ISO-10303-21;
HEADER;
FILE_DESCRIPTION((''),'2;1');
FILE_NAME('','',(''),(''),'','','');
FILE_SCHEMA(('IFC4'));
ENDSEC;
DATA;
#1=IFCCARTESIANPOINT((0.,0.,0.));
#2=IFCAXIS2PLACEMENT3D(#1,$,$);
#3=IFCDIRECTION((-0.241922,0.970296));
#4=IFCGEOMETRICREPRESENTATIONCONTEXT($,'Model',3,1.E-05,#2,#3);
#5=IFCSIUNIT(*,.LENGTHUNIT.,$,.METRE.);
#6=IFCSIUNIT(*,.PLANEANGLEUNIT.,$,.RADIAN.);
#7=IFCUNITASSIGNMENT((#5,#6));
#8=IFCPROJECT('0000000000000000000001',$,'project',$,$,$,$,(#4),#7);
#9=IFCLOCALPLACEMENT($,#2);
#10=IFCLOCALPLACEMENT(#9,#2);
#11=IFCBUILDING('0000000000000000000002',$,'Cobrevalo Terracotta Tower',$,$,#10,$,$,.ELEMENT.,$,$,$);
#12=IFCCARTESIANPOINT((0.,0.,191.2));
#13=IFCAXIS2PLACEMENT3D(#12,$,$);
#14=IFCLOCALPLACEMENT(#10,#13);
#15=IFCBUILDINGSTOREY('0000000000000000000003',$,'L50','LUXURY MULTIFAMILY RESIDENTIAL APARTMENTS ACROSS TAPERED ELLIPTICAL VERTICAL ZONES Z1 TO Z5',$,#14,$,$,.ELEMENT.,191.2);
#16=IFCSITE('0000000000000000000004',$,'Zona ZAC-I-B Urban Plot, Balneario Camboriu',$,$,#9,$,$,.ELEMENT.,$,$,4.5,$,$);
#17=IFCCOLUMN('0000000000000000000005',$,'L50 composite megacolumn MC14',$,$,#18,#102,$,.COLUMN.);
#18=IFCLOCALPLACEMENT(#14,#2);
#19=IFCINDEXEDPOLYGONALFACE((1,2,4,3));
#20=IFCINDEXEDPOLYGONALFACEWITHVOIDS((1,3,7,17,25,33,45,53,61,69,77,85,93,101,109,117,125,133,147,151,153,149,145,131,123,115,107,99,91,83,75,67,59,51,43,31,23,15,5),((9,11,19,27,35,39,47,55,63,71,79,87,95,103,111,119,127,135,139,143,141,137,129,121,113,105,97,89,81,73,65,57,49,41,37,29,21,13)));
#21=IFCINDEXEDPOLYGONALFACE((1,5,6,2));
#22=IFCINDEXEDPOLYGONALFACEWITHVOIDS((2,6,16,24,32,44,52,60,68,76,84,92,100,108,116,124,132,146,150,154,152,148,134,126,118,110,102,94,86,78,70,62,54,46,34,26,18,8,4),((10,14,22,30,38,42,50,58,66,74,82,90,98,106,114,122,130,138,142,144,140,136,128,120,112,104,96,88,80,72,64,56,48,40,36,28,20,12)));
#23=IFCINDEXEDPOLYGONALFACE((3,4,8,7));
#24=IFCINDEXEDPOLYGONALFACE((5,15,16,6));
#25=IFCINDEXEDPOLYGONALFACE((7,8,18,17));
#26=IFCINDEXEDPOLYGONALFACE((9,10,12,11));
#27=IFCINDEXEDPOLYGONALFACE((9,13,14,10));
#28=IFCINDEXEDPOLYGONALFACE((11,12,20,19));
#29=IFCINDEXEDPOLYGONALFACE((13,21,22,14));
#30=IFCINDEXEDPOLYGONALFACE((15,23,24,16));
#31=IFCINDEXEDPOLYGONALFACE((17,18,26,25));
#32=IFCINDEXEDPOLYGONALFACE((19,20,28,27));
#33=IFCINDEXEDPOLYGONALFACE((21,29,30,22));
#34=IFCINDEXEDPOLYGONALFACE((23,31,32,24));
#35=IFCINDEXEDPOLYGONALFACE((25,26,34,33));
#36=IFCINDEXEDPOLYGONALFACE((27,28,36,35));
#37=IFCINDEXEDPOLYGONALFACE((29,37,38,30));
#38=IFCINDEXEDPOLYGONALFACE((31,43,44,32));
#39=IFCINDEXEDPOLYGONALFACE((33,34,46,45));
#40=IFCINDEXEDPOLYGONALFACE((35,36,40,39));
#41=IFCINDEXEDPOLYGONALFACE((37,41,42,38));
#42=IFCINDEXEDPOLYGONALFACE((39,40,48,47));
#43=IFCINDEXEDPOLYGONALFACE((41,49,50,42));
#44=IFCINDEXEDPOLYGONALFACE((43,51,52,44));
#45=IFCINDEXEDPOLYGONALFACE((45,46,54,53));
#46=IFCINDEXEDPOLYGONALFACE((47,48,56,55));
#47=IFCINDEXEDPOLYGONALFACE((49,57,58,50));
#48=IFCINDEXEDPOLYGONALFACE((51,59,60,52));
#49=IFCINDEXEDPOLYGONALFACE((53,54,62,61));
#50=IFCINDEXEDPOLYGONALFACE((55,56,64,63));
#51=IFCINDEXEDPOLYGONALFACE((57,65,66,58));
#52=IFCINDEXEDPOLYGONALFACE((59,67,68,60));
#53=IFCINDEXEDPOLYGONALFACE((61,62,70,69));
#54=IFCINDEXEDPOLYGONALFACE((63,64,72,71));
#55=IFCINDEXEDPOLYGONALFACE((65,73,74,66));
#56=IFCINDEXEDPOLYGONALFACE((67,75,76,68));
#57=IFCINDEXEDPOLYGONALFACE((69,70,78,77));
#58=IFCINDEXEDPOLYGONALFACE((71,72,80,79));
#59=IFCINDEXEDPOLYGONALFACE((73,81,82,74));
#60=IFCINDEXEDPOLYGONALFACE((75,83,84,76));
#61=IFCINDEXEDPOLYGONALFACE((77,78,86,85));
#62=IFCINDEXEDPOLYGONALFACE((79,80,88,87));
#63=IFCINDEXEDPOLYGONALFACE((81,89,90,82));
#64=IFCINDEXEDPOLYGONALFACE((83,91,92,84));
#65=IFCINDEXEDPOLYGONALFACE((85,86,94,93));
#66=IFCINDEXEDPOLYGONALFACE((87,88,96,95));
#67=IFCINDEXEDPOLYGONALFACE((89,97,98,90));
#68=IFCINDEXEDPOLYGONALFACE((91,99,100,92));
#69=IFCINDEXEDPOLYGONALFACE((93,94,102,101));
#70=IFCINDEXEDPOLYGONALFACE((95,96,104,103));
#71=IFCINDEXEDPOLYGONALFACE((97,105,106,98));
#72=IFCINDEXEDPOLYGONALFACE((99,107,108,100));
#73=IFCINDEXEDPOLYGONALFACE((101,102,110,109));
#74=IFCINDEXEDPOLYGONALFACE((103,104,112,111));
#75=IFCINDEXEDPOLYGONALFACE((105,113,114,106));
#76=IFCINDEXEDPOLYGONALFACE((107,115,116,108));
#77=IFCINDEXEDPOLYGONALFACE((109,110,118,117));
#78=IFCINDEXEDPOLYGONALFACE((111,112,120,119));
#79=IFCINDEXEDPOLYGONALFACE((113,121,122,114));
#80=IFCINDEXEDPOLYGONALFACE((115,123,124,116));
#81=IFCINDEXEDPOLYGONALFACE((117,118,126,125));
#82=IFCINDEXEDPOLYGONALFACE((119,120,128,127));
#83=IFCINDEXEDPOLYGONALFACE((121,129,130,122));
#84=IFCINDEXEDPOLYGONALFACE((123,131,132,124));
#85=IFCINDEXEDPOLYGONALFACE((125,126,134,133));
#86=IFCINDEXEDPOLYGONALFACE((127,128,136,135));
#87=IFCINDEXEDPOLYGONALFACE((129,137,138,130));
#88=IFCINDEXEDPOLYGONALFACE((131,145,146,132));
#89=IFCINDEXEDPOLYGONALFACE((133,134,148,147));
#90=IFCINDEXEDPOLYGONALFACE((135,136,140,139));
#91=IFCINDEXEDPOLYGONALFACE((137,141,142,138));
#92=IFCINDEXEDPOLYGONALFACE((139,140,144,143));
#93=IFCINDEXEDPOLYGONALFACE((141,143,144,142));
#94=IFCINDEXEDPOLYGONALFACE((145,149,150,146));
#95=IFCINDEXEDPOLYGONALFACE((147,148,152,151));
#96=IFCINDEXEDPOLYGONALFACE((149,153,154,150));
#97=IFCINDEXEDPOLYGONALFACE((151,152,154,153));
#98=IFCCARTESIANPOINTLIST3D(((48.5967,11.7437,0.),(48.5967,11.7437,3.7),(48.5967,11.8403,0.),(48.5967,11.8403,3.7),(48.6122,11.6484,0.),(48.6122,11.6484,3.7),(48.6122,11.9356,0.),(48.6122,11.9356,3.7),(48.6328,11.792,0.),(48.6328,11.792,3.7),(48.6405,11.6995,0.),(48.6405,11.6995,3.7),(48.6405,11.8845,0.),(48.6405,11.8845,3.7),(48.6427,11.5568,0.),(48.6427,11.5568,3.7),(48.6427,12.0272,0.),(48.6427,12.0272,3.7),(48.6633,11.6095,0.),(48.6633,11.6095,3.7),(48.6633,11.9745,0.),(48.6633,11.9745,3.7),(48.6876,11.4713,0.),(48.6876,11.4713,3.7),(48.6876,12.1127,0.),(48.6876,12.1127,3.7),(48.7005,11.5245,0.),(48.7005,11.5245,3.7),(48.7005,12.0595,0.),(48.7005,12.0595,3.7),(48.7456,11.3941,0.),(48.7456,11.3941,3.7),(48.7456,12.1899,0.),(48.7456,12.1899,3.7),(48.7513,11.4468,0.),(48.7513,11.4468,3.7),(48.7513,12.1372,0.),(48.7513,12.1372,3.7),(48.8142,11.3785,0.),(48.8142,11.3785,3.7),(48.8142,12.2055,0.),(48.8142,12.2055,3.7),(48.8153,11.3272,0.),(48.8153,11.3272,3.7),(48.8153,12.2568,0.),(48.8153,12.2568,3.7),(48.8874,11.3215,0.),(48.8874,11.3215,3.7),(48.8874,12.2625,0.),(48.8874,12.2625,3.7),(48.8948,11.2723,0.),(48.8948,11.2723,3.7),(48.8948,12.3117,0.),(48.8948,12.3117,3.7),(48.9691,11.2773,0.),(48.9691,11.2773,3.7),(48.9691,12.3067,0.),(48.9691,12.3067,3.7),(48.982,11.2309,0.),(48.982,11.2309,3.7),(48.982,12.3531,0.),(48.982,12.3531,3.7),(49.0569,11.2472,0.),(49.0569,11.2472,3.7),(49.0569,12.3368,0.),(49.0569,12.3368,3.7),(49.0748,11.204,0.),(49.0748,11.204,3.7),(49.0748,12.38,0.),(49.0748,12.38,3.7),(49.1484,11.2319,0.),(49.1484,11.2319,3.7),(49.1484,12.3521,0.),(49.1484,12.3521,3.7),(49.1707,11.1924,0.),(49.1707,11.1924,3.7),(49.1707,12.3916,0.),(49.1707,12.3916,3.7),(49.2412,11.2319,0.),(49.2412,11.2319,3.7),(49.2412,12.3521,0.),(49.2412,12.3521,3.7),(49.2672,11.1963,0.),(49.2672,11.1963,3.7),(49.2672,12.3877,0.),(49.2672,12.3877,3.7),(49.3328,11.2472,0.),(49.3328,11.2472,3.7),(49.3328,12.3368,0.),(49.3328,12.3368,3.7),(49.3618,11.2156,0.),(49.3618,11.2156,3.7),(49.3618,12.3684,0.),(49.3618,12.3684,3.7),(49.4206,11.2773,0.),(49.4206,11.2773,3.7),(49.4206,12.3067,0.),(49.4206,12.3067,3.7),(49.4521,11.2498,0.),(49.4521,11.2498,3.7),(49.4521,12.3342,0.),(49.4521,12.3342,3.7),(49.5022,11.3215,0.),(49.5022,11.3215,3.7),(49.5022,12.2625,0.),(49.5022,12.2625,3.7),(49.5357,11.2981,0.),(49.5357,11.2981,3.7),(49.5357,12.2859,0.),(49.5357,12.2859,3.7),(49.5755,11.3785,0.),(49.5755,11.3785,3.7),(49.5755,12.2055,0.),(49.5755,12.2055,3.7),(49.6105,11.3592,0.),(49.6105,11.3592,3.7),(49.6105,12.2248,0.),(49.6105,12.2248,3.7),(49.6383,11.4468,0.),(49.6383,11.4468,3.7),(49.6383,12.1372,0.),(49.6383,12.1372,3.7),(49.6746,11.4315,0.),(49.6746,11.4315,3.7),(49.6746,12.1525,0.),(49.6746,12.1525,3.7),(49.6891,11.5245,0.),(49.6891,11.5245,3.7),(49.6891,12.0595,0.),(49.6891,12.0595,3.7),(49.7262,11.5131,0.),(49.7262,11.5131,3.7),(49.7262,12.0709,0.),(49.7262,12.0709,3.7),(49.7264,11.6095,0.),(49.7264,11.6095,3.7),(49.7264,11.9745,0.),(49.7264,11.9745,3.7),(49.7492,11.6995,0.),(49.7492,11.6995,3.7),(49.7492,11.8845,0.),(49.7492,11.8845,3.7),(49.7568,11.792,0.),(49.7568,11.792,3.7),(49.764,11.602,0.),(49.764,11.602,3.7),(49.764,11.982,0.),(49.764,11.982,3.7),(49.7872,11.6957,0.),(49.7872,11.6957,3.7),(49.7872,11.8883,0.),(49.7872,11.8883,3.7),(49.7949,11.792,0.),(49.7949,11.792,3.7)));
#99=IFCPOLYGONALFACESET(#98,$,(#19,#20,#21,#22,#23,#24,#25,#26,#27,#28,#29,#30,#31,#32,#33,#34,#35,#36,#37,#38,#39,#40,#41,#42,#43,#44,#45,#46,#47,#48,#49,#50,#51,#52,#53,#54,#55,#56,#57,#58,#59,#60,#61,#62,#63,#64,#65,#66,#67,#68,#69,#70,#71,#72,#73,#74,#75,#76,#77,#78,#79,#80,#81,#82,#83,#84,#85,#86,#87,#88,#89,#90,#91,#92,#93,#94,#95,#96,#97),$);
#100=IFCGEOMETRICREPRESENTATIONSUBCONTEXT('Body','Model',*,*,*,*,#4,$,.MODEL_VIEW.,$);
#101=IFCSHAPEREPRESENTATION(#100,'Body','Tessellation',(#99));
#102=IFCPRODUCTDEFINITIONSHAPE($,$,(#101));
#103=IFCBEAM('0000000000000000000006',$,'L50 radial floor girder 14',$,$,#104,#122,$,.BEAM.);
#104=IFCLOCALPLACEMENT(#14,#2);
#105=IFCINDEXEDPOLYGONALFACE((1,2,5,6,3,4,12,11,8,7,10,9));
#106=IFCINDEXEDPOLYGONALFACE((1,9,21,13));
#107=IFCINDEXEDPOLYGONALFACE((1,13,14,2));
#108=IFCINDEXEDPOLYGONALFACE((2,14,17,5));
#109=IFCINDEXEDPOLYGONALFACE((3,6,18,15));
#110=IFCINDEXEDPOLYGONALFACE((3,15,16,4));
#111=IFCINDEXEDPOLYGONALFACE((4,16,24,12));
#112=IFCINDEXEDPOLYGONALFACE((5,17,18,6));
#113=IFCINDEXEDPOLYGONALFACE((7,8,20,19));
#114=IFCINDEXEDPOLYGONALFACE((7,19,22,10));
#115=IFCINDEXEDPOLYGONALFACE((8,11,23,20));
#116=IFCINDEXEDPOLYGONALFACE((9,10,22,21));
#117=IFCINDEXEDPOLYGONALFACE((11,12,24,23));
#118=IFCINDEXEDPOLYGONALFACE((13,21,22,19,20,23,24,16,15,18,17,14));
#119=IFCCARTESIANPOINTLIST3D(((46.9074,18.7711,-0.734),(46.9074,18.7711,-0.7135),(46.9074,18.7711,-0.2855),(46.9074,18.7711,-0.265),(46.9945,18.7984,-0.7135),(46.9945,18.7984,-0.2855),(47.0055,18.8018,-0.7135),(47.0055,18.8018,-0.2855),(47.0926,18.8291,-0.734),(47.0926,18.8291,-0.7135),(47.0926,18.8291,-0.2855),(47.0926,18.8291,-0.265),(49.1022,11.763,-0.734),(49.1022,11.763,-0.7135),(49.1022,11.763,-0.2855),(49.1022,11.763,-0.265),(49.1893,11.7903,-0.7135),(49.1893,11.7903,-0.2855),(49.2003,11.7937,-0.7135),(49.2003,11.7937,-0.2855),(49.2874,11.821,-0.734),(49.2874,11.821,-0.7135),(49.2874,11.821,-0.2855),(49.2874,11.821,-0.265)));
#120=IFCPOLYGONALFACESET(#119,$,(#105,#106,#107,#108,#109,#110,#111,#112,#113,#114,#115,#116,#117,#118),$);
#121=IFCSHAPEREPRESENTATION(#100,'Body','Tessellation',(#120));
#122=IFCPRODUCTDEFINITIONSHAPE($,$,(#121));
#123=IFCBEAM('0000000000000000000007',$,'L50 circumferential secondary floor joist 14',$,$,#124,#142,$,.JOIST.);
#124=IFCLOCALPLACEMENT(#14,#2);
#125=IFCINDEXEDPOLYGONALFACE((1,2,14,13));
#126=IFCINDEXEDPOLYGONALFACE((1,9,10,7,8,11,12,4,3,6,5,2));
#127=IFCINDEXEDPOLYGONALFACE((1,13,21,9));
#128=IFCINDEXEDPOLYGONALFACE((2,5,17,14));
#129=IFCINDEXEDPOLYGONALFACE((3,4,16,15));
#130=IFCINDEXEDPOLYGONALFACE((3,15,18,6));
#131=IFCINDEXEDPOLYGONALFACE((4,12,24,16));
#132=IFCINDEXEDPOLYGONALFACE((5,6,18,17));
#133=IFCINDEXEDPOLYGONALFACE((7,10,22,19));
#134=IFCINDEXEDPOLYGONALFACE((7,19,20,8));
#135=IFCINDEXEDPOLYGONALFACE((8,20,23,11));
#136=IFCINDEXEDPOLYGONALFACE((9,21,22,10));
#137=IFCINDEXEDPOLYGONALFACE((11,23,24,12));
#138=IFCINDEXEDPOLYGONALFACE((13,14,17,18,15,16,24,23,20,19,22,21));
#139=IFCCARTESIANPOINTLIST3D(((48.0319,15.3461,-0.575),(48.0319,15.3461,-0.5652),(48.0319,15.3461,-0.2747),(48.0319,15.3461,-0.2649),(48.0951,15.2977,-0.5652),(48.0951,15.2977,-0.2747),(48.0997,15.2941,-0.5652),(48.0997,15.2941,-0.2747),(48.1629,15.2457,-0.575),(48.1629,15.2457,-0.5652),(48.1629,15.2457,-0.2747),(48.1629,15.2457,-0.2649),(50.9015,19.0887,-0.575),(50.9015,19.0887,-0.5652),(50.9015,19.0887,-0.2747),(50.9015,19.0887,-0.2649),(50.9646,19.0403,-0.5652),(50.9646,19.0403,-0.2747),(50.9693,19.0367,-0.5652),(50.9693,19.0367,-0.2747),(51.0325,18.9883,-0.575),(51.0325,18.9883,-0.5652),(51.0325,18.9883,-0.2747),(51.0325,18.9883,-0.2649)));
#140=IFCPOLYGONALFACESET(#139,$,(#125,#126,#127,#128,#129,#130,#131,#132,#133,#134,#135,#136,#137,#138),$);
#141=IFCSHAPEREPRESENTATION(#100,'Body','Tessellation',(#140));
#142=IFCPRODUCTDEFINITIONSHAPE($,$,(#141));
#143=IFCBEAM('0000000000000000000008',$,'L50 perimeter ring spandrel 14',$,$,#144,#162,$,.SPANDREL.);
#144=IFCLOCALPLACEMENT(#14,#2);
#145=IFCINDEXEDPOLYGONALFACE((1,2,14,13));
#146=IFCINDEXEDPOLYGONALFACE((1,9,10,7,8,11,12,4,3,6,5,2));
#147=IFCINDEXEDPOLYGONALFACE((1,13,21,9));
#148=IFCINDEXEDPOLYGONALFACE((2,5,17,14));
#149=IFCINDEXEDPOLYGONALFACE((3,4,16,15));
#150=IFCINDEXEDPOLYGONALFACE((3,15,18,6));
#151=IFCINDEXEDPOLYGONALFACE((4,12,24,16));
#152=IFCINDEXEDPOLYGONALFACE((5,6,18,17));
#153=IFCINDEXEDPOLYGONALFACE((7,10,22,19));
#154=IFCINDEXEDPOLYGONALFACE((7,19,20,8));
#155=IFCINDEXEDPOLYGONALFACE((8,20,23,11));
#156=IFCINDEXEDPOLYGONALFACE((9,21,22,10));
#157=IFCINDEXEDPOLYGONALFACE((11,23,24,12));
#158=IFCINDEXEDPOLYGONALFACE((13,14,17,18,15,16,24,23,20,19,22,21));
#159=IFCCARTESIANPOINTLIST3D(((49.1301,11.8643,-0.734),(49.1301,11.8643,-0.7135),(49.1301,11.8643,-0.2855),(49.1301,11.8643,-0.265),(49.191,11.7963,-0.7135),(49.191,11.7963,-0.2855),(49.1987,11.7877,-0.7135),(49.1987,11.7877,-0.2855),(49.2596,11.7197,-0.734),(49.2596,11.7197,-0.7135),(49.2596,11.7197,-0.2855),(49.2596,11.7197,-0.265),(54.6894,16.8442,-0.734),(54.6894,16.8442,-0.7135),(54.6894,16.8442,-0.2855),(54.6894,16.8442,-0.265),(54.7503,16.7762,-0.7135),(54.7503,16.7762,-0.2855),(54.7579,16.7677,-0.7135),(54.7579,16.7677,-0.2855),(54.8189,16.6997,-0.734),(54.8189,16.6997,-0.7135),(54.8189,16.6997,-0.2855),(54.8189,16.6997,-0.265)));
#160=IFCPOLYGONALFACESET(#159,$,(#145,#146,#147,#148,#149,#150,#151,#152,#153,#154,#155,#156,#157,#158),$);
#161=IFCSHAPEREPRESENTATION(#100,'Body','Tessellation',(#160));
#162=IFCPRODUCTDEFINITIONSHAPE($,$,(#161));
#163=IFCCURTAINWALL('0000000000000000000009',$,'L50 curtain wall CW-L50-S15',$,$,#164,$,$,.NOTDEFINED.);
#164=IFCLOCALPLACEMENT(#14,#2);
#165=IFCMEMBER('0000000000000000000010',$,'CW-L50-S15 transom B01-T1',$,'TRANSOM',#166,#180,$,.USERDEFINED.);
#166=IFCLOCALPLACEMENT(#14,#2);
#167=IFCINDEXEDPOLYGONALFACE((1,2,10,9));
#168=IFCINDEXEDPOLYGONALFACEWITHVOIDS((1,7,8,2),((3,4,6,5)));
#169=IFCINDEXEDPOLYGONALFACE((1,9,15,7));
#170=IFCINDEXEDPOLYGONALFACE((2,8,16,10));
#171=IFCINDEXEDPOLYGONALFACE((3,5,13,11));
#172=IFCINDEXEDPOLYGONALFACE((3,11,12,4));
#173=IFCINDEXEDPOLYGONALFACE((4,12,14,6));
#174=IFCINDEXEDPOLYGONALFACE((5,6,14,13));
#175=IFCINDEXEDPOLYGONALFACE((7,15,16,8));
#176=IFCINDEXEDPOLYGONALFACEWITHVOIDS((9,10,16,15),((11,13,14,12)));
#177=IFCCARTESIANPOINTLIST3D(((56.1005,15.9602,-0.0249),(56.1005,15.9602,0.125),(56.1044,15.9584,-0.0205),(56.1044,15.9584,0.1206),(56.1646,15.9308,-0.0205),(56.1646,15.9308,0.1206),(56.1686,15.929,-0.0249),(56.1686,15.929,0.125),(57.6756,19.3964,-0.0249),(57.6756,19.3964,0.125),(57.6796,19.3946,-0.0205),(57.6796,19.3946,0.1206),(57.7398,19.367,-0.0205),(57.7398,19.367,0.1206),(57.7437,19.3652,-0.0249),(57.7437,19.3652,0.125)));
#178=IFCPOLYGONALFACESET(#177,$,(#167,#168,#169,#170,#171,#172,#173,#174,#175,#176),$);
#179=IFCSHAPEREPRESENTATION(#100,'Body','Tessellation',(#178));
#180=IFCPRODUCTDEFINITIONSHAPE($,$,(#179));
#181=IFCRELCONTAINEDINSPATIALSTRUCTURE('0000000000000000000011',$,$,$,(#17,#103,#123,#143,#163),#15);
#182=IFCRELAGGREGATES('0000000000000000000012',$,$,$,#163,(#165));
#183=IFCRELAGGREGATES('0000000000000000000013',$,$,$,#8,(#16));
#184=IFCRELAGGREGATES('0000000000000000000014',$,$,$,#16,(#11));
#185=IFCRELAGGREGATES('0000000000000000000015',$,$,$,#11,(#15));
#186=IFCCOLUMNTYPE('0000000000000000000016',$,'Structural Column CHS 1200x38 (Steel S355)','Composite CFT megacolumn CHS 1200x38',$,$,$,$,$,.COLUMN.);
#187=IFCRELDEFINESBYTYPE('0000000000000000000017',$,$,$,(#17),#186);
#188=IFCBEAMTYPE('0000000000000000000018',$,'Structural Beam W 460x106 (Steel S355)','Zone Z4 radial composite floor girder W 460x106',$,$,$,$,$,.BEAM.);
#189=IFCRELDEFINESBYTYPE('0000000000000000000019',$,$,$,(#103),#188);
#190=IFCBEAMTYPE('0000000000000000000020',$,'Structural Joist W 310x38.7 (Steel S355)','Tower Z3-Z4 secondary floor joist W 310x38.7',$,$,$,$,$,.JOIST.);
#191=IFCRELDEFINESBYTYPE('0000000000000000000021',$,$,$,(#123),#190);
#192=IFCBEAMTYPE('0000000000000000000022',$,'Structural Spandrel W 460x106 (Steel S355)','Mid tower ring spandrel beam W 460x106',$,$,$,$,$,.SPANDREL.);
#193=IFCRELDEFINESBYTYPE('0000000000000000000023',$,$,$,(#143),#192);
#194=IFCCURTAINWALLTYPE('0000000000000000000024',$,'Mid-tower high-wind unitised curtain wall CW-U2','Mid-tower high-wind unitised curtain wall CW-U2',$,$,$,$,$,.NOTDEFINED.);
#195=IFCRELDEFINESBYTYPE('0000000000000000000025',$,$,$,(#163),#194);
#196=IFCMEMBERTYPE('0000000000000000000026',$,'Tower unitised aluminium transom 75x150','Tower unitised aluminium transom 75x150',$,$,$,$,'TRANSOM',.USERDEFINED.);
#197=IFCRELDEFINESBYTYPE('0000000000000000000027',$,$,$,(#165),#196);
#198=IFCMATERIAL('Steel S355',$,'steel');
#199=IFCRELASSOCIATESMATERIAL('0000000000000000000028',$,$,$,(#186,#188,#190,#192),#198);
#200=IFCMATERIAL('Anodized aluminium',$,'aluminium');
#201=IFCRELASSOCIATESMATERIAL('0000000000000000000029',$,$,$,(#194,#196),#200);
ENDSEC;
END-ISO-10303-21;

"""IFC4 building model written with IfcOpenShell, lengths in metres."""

from ifc_helpers import new_model, si_unit, direction, frame, origin, origin_2d, place, context, subcontext, project, spatial, hollow_rectangle, hollow_circle, i_section, extrude, source, transform, mapped, material, material_profile, profile_set, type_object, element, aggregate, save


model = new_model("IFC4")

# Units and contexts
model_context = context("Model", 3, precision=1e-05, world=origin(), true_north=direction((-0.241922, 0.970296)))
body_context = subcontext(model_context, "Body", "Model", "MODEL_VIEW")
ifc_project = project(units=[si_unit("LENGTHUNIT", "METRE"), si_unit("PLANEANGLEUNIT", "RADIAN")], contexts=[model_context])

# Site, building, storey
site_placement = place(None, origin())
site = spatial("IfcSite", under=ifc_project, at=site_placement, Name="Zona ZAC-I-B Urban Plot, Balneario Camboriu", CompositionType="ELEMENT", RefElevation=4.5)
building_placement = place(site_placement, origin())
building = spatial("IfcBuilding", under=site, at=building_placement, Name="Cobrevalo Terracotta Tower", CompositionType="ELEMENT")
storey_placement = place(building_placement, frame((0.0, 0.0, 191.2)))
storey = spatial("IfcBuildingStorey", under=building, at=storey_placement, Name="L50", Description="LUXURY MULTIFAMILY RESIDENTIAL APARTMENTS ACROSS TAPERED ELLIPTICAL VERTICAL ZONES Z1 TO Z5", CompositionType="ELEMENT", Elevation=191.2)

# Column
ifc_material_1 = material(Name="Steel S355", Category="steel")
ifc_material_profile_1 = material_profile(ifc_material_1, hollow_circle(Radius=0.6001, WallThickness=0.0381, at=origin_2d()), Name="CHS 1200x38")
ifc_profile_set_1 = profile_set([ifc_material_profile_1], Name="Steel S355")
column_type = type_object("IfcColumnType", Name="Structural Column CHS 1200x38 (Steel S355)", Description="Composite CFT megacolumn CHS 1200x38", PredefinedType="COLUMN", material=ifc_profile_set_1)
column_placement = place(storey_placement, frame((49.1948, 11.792, 0.0), z_axis=(0.0, 0.0, 1.0), x_axis=(1.0, 0.0, 0.0)))
element("IfcColumn", 1, at=column_placement, inside=storey, type_object=column_type, Name="L50 composite megacolumn MC14", PredefinedType="COLUMN", context=body_context, shape_type="SweptSolid", body=[
    extrude(hollow_circle(Radius=0.6001, WallThickness=0.0381, at=origin_2d()), origin(), (0.0, 0.0, 1.0), 3.7),
])

# Beams
ifc_material_profile_2 = material_profile(ifc_material_1, i_section(OverallWidth=0.1941, OverallDepth=0.469, WebThickness=0.0115, FlangeThickness=0.0205, at=origin_2d()), Name="W 460x106")
ifc_profile_set_2 = profile_set([ifc_material_profile_2], Name="Steel S355")
beam_type_1 = type_object("IfcBeamType", Name="Structural Beam W 460x106 (Steel S355)", Description="Zone Z4 radial composite floor girder W 460x106", PredefinedType="BEAM", material=ifc_profile_set_2)
beam_1_placement = place(storey_placement, frame((49.1948, 11.792, -0.4995), z_axis=(-0.298871, 0.954293, 0.0), x_axis=(-0.954293, -0.298871, 0.0)))
element("IfcBeam", 2, at=beam_1_placement, inside=storey, type_object=beam_type_1, Name="L50 radial floor girder 14", PredefinedType="BEAM", context=body_context, shape_type="SweptSolid", body=[
    extrude(i_section(OverallWidth=0.1941, OverallDepth=0.469, WebThickness=0.0115, FlangeThickness=0.0205, at=origin_2d()), origin(), (0.0, 0.0, 1.0), 7.3438),
])
ifc_material_profile_3 = material_profile(ifc_material_1, i_section(OverallWidth=0.165, OverallDepth=0.3101, WebThickness=0.0059, FlangeThickness=0.0098, at=origin_2d()), Name="W 310x38.7")
ifc_profile_set_3 = profile_set([ifc_material_profile_3], Name="Steel S355")
beam_type_2 = type_object("IfcBeamType", Name="Structural Joist W 310x38.7 (Steel S355)", Description="Tower Z3-Z4 secondary floor joist W 310x38.7", PredefinedType="JOIST", material=ifc_profile_set_3)
beam_2_placement = place(storey_placement, frame((48.0974, 15.2959, -0.4199), z_axis=(0.608464, 0.793581, 0.0), x_axis=(-0.793581, 0.608464, 0.0)))
element("IfcBeam", 3, at=beam_2_placement, inside=storey, type_object=beam_type_2, Name="L50 circumferential secondary floor joist 14", PredefinedType="JOIST", context=body_context, shape_type="SweptSolid", body=[
    extrude(i_section(OverallWidth=0.165, OverallDepth=0.3101, WebThickness=0.0059, FlangeThickness=0.0098, at=origin_2d()), origin(), (0.0, 0.0, 1.0), 4.7161),
])
ifc_material_profile_4 = material_profile(ifc_material_1, i_section(OverallWidth=0.1941, OverallDepth=0.469, WebThickness=0.0115, FlangeThickness=0.0205, at=origin_2d()), Name="W 460x106")
ifc_profile_set_4 = profile_set([ifc_material_profile_4], Name="Steel S355")
beam_type_3 = type_object("IfcBeamType", Name="Structural Spandrel W 460x106 (Steel S355)", Description="Mid tower ring spandrel beam W 460x106", PredefinedType="SPANDREL", material=ifc_profile_set_4)
beam_3_placement = place(storey_placement, frame((49.1948, 11.792, -0.4995), z_axis=(0.744852, 0.66723, 0.0), x_axis=(-0.66723, 0.744852, 0.0)))
element("IfcBeam", 4, at=beam_3_placement, inside=storey, type_object=beam_type_3, Name="L50 perimeter ring spandrel 14", PredefinedType="SPANDREL", context=body_context, shape_type="SweptSolid", body=[
    extrude(i_section(OverallWidth=0.1941, OverallDepth=0.469, WebThickness=0.0115, FlangeThickness=0.0205, at=origin_2d()), origin(), (0.0, 0.0, 1.0), 7.4636),
])

# Curtain wall, member
ifc_material_2 = material(Name="Anodized aluminium", Category="aluminium")
curtain_wall_type = type_object("IfcCurtainWallType", Name="Mid-tower high-wind unitised curtain wall CW-U2", Description="Mid-tower high-wind unitised curtain wall CW-U2", PredefinedType="NOTDEFINED", material=ifc_material_2)
curtain_wall_1_placement = place(storey_placement, origin())
curtain_wall_1 = element("IfcCurtainWall", 5, at=curtain_wall_1_placement, inside=storey, type_object=curtain_wall_type, Name="L50 curtain wall CW-L50-S15", PredefinedType="NOTDEFINED")
ifc_material_profile_5 = material_profile(ifc_material_2, hollow_rectangle(XDim=0.075, YDim=0.1499, WallThickness=0.0044, at=origin_2d()), Name="CWT 75x150")
ifc_profile_set_5 = profile_set([ifc_material_profile_5], Name="Anodized aluminium")
member_type_1 = type_object("IfcMemberType", Name="Tower unitised aluminium transom 75x150", Description="Tower unitised aluminium transom 75x150", ElementType="TRANSOM", PredefinedType="USERDEFINED", material=ifc_profile_set_5)
shared_shape_1 = source(origin(), body_context, "Body", "SweptSolid", [
    extrude(hollow_rectangle(XDim=0.075, YDim=0.1499, WallThickness=0.0044, at=origin_2d()), origin(), (0.0, 0.0, 1.0), 3.78),
])
member_1_placement = place(storey_placement, frame((56.1345, 15.9446, 0.05), z_axis=(0.416706, 0.909041, 0.0), x_axis=(-0.909041, 0.416706, 0.0)))
member_1 = element("IfcMember", 6, at=member_1_placement, type_object=member_type_1, Name="CW-L50-S15 transom B01-T1", ObjectType="TRANSOM", PredefinedType="USERDEFINED", context=body_context, shape_type="MappedRepresentation", body=[
    mapped(shared_shape_1, transform((0.0, 0.0, 0.0), scale=1.0)),
])

aggregate(curtain_wall_1, [member_1])

save(model, "model.ifc")
